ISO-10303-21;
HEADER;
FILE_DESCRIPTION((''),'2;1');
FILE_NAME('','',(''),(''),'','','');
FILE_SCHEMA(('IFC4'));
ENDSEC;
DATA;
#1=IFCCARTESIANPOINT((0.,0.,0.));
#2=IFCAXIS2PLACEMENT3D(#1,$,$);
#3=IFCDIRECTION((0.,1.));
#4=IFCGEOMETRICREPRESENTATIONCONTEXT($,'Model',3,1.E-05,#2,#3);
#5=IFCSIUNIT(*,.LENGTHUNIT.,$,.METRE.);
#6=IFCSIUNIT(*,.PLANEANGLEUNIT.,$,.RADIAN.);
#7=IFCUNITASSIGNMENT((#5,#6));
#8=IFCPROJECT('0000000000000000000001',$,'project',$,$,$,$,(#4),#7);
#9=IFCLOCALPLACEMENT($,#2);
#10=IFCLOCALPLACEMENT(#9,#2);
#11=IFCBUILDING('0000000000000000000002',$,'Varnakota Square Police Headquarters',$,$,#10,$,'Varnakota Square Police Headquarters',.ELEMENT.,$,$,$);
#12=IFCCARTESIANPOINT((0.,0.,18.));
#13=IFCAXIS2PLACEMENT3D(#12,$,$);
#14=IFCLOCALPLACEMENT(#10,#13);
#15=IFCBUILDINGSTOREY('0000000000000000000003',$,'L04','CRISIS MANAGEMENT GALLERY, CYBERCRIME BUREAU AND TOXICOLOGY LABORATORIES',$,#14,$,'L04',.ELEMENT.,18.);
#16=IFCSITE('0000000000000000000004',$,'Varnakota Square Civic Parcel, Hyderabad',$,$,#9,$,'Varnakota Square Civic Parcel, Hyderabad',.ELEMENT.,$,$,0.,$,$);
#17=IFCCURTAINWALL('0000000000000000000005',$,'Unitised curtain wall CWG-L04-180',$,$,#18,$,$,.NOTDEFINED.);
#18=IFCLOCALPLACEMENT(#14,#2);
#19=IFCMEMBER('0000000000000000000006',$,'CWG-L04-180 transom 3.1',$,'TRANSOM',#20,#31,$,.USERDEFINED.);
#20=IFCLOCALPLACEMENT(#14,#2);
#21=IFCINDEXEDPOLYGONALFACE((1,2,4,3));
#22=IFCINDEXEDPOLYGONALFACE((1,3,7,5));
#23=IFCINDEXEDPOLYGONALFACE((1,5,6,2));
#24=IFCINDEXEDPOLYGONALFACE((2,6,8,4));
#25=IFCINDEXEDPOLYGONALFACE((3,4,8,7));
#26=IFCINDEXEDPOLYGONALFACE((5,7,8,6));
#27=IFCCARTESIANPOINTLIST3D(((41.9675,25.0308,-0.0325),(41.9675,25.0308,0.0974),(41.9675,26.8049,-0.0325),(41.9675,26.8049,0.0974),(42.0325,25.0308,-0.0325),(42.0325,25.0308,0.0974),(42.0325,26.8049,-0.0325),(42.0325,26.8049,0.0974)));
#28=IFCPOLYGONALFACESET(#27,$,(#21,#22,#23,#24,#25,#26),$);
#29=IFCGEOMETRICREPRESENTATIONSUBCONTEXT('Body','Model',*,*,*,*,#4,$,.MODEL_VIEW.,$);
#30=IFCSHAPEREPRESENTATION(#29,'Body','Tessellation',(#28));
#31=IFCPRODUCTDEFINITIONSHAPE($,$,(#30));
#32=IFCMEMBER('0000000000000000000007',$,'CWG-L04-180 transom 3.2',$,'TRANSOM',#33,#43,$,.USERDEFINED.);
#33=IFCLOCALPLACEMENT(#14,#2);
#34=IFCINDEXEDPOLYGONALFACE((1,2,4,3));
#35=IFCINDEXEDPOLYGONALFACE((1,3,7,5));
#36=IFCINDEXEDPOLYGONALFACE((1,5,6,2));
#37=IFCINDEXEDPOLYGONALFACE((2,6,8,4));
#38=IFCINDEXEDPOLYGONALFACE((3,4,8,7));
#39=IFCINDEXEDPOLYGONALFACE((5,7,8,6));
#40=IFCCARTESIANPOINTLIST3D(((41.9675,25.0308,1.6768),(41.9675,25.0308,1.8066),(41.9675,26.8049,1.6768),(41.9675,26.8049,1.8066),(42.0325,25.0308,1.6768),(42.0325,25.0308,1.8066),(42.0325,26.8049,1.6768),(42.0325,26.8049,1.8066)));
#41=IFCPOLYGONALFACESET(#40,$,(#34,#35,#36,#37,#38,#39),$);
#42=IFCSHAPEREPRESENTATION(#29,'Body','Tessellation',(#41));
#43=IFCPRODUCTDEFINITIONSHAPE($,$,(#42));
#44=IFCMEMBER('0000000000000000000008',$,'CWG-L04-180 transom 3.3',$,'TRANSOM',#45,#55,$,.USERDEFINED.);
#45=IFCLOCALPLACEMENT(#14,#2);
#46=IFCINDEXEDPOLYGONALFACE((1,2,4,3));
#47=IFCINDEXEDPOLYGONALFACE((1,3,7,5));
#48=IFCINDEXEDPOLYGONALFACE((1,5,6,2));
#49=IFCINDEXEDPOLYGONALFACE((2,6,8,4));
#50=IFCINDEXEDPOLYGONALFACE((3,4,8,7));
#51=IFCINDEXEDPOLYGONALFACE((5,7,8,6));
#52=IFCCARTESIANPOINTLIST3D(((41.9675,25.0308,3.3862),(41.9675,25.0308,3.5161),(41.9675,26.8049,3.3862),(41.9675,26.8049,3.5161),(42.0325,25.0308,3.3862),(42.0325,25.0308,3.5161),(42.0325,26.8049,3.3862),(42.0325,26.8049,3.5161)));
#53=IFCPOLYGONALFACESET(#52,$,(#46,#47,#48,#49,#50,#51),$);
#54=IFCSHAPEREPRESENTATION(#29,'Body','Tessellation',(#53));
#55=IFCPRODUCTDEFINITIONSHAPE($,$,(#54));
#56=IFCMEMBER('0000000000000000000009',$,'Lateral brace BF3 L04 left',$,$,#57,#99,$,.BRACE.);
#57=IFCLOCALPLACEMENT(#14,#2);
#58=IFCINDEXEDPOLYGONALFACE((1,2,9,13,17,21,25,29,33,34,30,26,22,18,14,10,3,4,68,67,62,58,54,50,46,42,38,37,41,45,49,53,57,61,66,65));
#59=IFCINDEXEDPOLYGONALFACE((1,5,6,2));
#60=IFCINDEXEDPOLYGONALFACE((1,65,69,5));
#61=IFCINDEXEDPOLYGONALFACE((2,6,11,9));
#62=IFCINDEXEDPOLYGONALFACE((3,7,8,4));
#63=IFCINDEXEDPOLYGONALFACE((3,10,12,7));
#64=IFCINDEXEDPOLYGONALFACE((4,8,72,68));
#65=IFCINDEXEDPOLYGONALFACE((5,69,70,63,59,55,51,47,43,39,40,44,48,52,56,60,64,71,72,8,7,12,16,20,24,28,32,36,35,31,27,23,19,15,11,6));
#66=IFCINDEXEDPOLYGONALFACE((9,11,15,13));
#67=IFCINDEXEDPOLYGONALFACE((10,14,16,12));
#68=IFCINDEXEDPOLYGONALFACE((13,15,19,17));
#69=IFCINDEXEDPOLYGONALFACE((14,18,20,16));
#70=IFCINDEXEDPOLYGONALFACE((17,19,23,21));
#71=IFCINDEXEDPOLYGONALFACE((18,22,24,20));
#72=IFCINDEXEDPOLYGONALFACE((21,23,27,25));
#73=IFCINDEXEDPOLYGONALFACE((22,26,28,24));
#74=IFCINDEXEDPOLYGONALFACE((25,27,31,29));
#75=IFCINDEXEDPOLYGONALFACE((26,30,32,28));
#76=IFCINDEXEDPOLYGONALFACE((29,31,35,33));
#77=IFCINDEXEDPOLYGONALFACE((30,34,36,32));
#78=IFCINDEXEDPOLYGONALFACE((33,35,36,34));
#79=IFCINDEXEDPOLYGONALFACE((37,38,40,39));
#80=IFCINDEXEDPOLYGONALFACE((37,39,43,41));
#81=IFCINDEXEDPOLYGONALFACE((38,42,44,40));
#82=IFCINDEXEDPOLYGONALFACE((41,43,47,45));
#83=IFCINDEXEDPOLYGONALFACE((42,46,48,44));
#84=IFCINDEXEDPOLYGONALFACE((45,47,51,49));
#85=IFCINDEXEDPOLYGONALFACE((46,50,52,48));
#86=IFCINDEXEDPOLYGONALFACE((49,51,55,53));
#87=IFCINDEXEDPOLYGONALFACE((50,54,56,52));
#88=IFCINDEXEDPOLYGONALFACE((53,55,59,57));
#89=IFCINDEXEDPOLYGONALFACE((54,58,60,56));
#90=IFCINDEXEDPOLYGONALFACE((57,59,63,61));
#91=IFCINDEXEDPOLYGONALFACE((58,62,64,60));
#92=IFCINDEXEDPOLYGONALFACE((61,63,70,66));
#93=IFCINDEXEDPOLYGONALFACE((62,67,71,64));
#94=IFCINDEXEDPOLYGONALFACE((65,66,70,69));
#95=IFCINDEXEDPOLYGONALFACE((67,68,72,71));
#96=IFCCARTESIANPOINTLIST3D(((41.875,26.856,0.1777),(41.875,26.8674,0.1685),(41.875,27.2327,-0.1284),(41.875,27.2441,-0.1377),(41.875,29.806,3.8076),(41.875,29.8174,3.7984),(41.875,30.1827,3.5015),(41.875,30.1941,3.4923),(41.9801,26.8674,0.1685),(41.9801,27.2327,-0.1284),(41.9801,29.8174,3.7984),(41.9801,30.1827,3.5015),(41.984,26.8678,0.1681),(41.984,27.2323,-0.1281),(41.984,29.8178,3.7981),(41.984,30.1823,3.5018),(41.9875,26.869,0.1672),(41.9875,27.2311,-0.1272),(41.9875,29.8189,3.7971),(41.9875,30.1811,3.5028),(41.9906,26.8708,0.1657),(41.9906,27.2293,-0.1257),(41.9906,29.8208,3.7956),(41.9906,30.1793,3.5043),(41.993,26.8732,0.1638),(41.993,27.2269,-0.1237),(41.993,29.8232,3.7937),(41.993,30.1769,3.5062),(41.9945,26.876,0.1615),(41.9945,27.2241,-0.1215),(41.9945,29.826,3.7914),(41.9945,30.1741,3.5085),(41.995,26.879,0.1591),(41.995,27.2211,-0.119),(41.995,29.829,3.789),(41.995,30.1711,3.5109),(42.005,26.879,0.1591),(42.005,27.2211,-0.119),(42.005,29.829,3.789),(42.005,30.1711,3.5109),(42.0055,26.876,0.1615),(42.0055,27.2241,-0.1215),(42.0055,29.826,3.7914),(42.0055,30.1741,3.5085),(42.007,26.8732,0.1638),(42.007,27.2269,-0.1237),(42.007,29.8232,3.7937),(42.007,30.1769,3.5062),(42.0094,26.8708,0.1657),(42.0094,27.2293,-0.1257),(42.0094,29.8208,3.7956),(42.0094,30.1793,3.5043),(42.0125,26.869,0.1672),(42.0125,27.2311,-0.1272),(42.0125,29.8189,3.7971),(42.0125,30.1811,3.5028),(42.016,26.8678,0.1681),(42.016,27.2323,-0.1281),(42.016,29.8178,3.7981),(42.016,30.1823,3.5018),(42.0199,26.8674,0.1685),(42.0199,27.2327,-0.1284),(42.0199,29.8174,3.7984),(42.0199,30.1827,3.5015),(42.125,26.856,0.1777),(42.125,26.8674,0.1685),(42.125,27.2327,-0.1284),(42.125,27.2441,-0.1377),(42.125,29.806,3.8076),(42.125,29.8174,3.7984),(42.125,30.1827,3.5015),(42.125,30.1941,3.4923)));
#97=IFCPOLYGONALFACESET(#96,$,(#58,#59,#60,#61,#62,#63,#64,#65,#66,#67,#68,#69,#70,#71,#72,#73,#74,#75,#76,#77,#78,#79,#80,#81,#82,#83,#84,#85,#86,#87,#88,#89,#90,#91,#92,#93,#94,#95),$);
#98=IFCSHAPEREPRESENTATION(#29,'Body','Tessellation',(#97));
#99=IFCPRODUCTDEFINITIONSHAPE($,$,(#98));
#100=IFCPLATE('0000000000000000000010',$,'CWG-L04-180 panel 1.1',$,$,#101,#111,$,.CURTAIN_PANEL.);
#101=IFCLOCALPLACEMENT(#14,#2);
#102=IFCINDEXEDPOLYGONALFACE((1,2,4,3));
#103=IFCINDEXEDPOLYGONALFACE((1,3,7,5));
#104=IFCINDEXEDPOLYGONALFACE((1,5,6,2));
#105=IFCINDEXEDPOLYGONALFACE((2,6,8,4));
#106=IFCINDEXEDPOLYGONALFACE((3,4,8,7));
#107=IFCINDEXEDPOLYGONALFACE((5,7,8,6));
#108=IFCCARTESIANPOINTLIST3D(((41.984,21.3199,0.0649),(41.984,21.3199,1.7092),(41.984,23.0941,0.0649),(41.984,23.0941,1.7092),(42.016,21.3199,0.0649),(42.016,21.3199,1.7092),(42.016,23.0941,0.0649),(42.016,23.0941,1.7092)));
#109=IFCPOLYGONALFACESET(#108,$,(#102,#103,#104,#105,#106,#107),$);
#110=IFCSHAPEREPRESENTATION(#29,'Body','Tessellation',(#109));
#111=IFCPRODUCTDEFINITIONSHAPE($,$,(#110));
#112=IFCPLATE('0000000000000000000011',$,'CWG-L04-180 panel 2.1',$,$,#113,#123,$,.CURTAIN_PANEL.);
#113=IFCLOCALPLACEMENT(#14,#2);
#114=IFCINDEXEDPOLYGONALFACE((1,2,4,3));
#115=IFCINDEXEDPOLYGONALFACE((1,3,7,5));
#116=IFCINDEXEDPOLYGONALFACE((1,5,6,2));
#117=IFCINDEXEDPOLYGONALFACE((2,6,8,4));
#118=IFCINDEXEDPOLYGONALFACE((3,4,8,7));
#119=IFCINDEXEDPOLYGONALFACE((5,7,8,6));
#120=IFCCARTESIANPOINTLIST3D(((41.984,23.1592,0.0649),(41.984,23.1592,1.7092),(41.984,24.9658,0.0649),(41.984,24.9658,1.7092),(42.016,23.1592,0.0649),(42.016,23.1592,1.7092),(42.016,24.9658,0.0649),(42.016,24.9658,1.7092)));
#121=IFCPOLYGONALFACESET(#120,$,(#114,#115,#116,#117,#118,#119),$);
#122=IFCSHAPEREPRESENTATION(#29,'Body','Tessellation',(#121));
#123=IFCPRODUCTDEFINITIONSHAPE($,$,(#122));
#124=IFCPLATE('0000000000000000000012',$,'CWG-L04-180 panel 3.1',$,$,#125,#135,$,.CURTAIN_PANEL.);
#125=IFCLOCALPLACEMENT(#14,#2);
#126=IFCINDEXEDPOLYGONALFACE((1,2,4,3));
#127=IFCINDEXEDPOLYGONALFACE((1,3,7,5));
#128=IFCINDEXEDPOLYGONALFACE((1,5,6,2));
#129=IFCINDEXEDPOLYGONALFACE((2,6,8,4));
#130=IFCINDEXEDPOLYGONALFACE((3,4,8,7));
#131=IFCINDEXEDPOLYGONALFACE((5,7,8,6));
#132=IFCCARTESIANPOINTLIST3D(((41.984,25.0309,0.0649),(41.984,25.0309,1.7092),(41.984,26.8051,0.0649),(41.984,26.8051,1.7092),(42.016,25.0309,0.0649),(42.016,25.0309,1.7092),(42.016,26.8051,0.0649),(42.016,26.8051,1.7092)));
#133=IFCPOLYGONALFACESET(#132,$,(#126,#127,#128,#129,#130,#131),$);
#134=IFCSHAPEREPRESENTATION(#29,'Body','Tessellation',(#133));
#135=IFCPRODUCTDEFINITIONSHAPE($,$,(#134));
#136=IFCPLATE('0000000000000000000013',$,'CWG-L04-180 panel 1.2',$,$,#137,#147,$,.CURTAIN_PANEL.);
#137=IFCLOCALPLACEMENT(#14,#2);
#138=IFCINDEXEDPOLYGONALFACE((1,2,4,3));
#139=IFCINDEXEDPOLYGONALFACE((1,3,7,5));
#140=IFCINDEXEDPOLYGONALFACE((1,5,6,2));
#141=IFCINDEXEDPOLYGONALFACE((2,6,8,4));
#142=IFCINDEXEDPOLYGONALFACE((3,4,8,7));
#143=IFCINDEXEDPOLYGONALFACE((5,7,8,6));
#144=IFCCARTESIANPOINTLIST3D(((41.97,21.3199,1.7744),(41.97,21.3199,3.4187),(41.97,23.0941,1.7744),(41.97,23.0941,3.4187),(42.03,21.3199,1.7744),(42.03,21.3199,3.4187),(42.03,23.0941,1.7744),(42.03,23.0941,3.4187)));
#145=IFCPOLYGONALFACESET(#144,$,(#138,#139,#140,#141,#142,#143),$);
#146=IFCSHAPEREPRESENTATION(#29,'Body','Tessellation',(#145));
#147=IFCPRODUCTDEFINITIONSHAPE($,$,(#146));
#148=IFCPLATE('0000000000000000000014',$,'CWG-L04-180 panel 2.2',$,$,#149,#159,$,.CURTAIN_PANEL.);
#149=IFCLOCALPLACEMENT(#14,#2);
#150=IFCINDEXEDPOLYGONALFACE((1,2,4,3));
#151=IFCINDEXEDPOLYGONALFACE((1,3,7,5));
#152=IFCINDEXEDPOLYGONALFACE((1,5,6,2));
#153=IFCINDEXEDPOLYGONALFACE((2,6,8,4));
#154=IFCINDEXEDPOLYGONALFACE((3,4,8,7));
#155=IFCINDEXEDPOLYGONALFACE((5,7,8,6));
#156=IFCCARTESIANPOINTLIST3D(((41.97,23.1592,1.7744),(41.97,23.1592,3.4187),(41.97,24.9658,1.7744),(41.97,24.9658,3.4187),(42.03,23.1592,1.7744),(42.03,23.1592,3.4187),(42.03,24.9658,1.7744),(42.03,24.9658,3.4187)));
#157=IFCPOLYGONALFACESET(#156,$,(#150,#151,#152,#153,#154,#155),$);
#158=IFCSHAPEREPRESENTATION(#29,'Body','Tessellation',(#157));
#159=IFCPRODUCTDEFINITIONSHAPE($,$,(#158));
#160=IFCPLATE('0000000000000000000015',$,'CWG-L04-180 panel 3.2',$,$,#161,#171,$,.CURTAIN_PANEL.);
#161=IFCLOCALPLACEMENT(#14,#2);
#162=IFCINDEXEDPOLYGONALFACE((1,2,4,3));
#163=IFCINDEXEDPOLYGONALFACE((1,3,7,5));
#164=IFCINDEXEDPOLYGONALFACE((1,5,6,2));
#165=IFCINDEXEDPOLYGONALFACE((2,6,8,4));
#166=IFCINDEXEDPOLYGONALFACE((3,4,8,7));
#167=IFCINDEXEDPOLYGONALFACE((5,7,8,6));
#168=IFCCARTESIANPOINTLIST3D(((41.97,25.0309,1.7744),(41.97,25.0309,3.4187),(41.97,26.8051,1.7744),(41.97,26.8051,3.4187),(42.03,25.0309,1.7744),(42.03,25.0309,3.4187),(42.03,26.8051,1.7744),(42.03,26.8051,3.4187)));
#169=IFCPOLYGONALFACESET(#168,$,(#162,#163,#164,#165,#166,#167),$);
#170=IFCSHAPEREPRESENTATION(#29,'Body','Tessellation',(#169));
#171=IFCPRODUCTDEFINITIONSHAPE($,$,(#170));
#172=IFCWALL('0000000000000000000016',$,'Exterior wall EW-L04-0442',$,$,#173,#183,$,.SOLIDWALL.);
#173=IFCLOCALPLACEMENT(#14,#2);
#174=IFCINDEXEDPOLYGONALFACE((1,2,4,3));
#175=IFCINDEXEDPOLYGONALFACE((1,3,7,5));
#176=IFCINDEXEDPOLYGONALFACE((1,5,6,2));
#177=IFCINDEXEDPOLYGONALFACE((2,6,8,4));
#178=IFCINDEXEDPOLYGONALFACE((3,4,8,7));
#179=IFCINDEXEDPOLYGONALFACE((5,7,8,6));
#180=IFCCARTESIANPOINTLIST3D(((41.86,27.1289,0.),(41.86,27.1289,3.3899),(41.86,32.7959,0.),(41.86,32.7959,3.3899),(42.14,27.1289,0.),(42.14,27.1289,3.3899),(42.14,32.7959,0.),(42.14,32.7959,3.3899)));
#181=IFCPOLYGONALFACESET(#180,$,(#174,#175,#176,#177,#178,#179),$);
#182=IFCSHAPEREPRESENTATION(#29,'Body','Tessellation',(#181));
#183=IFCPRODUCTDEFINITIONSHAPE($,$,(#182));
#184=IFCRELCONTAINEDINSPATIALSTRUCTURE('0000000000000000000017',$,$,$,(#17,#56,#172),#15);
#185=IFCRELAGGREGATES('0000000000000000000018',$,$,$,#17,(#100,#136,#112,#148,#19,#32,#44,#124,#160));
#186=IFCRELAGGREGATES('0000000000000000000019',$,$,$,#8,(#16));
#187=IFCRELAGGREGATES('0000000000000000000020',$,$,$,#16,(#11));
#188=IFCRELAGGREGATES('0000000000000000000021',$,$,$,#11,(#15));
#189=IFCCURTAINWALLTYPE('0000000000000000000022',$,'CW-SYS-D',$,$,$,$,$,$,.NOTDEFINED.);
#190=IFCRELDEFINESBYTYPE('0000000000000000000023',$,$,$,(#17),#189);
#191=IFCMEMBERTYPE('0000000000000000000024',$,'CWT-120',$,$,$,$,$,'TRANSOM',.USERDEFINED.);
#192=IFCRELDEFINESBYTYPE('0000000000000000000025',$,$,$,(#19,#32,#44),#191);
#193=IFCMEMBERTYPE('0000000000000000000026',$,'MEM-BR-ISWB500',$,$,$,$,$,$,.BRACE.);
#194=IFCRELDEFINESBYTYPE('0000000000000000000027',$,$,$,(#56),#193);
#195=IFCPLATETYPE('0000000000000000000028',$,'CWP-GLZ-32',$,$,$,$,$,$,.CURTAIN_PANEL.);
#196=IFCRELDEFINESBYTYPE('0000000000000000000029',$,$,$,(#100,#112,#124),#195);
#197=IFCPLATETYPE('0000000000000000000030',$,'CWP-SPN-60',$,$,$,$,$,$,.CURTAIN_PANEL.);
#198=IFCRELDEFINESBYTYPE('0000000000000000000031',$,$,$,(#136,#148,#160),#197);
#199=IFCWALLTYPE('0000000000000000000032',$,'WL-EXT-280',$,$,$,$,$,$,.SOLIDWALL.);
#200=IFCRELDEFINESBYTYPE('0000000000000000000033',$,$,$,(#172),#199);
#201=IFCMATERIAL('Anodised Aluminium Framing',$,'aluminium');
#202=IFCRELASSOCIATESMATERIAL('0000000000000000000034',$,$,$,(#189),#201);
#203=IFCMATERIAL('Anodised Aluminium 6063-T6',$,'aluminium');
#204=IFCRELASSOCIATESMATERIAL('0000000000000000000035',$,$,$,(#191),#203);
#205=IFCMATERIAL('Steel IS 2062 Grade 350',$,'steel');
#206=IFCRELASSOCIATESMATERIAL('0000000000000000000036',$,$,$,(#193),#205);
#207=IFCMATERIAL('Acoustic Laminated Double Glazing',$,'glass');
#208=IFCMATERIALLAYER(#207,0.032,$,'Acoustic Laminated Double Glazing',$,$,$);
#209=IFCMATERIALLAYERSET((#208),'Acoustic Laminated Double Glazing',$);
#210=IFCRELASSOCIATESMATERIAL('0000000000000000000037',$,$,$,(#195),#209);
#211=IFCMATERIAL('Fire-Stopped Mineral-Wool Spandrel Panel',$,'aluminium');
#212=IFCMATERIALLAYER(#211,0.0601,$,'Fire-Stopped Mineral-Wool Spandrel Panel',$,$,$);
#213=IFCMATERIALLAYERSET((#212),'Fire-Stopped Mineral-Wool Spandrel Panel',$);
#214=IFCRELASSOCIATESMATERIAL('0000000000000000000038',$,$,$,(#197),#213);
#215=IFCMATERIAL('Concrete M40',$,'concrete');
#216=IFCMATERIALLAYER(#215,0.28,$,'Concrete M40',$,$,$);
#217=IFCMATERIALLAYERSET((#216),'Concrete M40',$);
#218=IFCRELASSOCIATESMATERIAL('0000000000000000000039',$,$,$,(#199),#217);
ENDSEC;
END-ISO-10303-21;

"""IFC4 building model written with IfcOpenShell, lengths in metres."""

from ifc_helpers import new_model, si_unit, direction, frame, frame_2d, origin, origin_2d, place, context, subcontext, project, spatial, rectangle, i_section, extrude, material, layer, layer_set, material_profile, profile_set, type_object, element, aggregate, save


model = new_model("IFC4")

# Units and contexts
model_context = context("Model", 3, precision=1e-05, world=origin(), true_north=direction((0.0, 1.0)))
body_context = subcontext(model_context, "Body", "Model", "MODEL_VIEW")
ifc_project = project(units=[si_unit("LENGTHUNIT", "METRE"), si_unit("PLANEANGLEUNIT", "RADIAN")], contexts=[model_context])

# Site, building, storey
site_placement = place(None, origin())
site = spatial("IfcSite", under=ifc_project, at=site_placement, Name="Varnakota Square Civic Parcel, Hyderabad", LongName="Varnakota Square Civic Parcel, Hyderabad", CompositionType="ELEMENT", RefElevation=0.0)
building_placement = place(site_placement, origin())
building = spatial("IfcBuilding", under=site, at=building_placement, Name="Varnakota Square Police Headquarters", LongName="Varnakota Square Police Headquarters", CompositionType="ELEMENT")
storey_placement = place(building_placement, frame((0.0, 0.0, 18.0)))
storey = spatial("IfcBuildingStorey", under=building, at=storey_placement, Name="L04", Description="CRISIS MANAGEMENT GALLERY, CYBERCRIME BUREAU AND TOXICOLOGY LABORATORIES", LongName="L04", CompositionType="ELEMENT", Elevation=18.0)

# Shared definitions
ifc_material_1 = material(Name="Steel IS 2062 Grade 350", Category="steel")

# Curtain wall, members
ifc_material_2 = material(Name="Anodised Aluminium Framing", Category="aluminium")
curtain_wall_type = type_object("IfcCurtainWallType", Name="CW-SYS-D", PredefinedType="NOTDEFINED", material=ifc_material_2)
curtain_wall_placement = place(storey_placement, origin())
curtain_wall = element("IfcCurtainWall", 1, at=curtain_wall_placement, inside=storey, type_object=curtain_wall_type, Name="Unitised curtain wall CWG-L04-180", PredefinedType="NOTDEFINED")
ifc_material_3 = material(Name="Anodised Aluminium 6063-T6", Category="aluminium")
ifc_material_profile_1 = material_profile(ifc_material_3, rectangle(XDim=0.0649, YDim=0.1299, at=origin_2d()), Name="ALU TRANSOM 65x130")
ifc_profile_set_1 = profile_set([ifc_material_profile_1], Name="Anodised Aluminium 6063-T6")
member_type_1 = type_object("IfcMemberType", Name="CWT-120", ElementType="TRANSOM", PredefinedType="USERDEFINED", material=ifc_profile_set_1)
member_1_placement = place(storey_placement, frame((42.0, 25.0308, 0.0325), z_axis=(0.0, 1.0, 0.0), x_axis=(-1.0, 0.0, 0.0)))
member_1 = element("IfcMember", 2, at=member_1_placement, type_object=member_type_1, Name="CWG-L04-180 transom 3.1", ObjectType="TRANSOM", PredefinedType="USERDEFINED", context=body_context, shape_type="SweptSolid", body=[
    extrude(rectangle(XDim=0.0649, YDim=0.1299, at=origin_2d()), origin(), (0.0, 0.0, 1.0), 1.7742),
])
member_2_placement = place(storey_placement, frame((42.0, 25.0308, 1.7417), z_axis=(0.0, 1.0, 0.0), x_axis=(-1.0, 0.0, 0.0)))
member_2 = element("IfcMember", 3, at=member_2_placement, type_object=member_type_1, Name="CWG-L04-180 transom 3.2", ObjectType="TRANSOM", PredefinedType="USERDEFINED", context=body_context, shape_type="SweptSolid", body=[
    extrude(rectangle(XDim=0.0649, YDim=0.1299, at=origin_2d()), origin(), (0.0, 0.0, 1.0), 1.7742),
])
member_3_placement = place(storey_placement, frame((42.0, 25.0308, 3.4512), z_axis=(0.0, 1.0, 0.0), x_axis=(-1.0, 0.0, 0.0)))
member_3 = element("IfcMember", 4, at=member_3_placement, type_object=member_type_1, Name="CWG-L04-180 transom 3.3", ObjectType="TRANSOM", PredefinedType="USERDEFINED", context=body_context, shape_type="SweptSolid", body=[
    extrude(rectangle(XDim=0.0649, YDim=0.1299, at=origin_2d()), origin(), (0.0, 0.0, 1.0), 1.7742),
])

# Member
ifc_material_profile_2 = material_profile(ifc_material_1, i_section(OverallWidth=0.25, OverallDepth=0.5, WebThickness=0.01, FlangeThickness=0.0146, FilletRadius=0.0149, at=origin_2d()), Name="ISWB 500")
ifc_profile_set_2 = profile_set([ifc_material_profile_2], Name="Steel IS 2062 Grade 350")
member_type_2 = type_object("IfcMemberType", Name="MEM-BR-ISWB500", PredefinedType="BRACE", material=ifc_profile_set_2)
member_4_placement = place(storey_placement, frame((42.0, 27.05, 0.02), z_axis=(0.0, 0.630679, 0.776044), x_axis=(-1.0, 0.0, 0.0)))
element("IfcMember", 5, at=member_4_placement, inside=storey, type_object=member_type_2, Name="Lateral brace BF3 L04 left", PredefinedType="BRACE", context=body_context, shape_type="SweptSolid", body=[
    extrude(i_section(OverallWidth=0.25, OverallDepth=0.5, WebThickness=0.01, FlangeThickness=0.0146, FilletRadius=0.0149, at=origin_2d()), origin(), (0.0, 0.0, 1.0), 4.6775),
])

# Plates
ifc_material_4 = material(Name="Acoustic Laminated Double Glazing", Category="glass")
ifc_layer_1 = layer(ifc_material_4, 0.032, Name="Acoustic Laminated Double Glazing")
ifc_layer_set_1 = layer_set([ifc_layer_1], Name="Acoustic Laminated Double Glazing")
plate_type_1 = type_object("IfcPlateType", Name="CWP-GLZ-32", PredefinedType="CURTAIN_PANEL", material=ifc_layer_set_1)
plate_1_placement = place(storey_placement, frame((42.0, 22.207, 0.0649), z_axis=(0.0, 0.0, 1.0), x_axis=(0.0, 1.0, 0.0)))
plate_1 = element("IfcPlate", 6, at=plate_1_placement, type_object=plate_type_1, Name="CWG-L04-180 panel 1.1", PredefinedType="CURTAIN_PANEL", context=body_context, shape_type="SweptSolid", body=[
    extrude(rectangle(XDim=1.7742, YDim=0.032, at=origin_2d()), origin(), (0.0, 0.0, 1.0), 1.6443),
])
plate_2_placement = place(storey_placement, frame((42.0, 24.0625, 0.0649), z_axis=(0.0, 0.0, 1.0), x_axis=(0.0, 1.0, 0.0)))
plate_2 = element("IfcPlate", 7, at=plate_2_placement, type_object=plate_type_1, Name="CWG-L04-180 panel 2.1", PredefinedType="CURTAIN_PANEL", context=body_context, shape_type="SweptSolid", body=[
    extrude(rectangle(XDim=1.8066, YDim=0.032, at=origin_2d()), origin(), (0.0, 0.0, 1.0), 1.6443),
])
plate_3_placement = place(storey_placement, frame((42.0, 25.918, 0.0649), z_axis=(0.0, 0.0, 1.0), x_axis=(0.0, 1.0, 0.0)))
plate_3 = element("IfcPlate", 8, at=plate_3_placement, type_object=plate_type_1, Name="CWG-L04-180 panel 3.1", PredefinedType="CURTAIN_PANEL", context=body_context, shape_type="SweptSolid", body=[
    extrude(rectangle(XDim=1.7742, YDim=0.032, at=origin_2d()), origin(), (0.0, 0.0, 1.0), 1.6443),
])
ifc_material_5 = material(Name="Fire-Stopped Mineral-Wool Spandrel Panel", Category="aluminium")
ifc_layer_2 = layer(ifc_material_5, 0.0601, Name="Fire-Stopped Mineral-Wool Spandrel Panel")
ifc_layer_set_2 = layer_set([ifc_layer_2], Name="Fire-Stopped Mineral-Wool Spandrel Panel")
plate_type_2 = type_object("IfcPlateType", Name="CWP-SPN-60", PredefinedType="CURTAIN_PANEL", material=ifc_layer_set_2)
plate_4_placement = place(storey_placement, frame((42.0, 22.207, 1.7744), z_axis=(0.0, 0.0, 1.0), x_axis=(0.0, 1.0, 0.0)))
plate_4 = element("IfcPlate", 9, at=plate_4_placement, type_object=plate_type_2, Name="CWG-L04-180 panel 1.2", PredefinedType="CURTAIN_PANEL", context=body_context, shape_type="SweptSolid", body=[
    extrude(rectangle(XDim=1.7742, YDim=0.0601, at=origin_2d()), origin(), (0.0, 0.0, 1.0), 1.6443),
])
plate_5_placement = place(storey_placement, frame((42.0, 24.0625, 1.7744), z_axis=(0.0, 0.0, 1.0), x_axis=(0.0, 1.0, 0.0)))
plate_5 = element("IfcPlate", 10, at=plate_5_placement, type_object=plate_type_2, Name="CWG-L04-180 panel 2.2", PredefinedType="CURTAIN_PANEL", context=body_context, shape_type="SweptSolid", body=[
    extrude(rectangle(XDim=1.8066, YDim=0.0601, at=origin_2d()), origin(), (0.0, 0.0, 1.0), 1.6443),
])
plate_6_placement = place(storey_placement, frame((42.0, 25.918, 1.7744), z_axis=(0.0, 0.0, 1.0), x_axis=(0.0, 1.0, 0.0)))
plate_6 = element("IfcPlate", 11, at=plate_6_placement, type_object=plate_type_2, Name="CWG-L04-180 panel 3.2", PredefinedType="CURTAIN_PANEL", context=body_context, shape_type="SweptSolid", body=[
    extrude(rectangle(XDim=1.7742, YDim=0.0601, at=origin_2d()), origin(), (0.0, 0.0, 1.0), 1.6443),
])
aggregate(curtain_wall, [plate_1, plate_4, plate_2, plate_5, member_1, member_2, member_3, plate_3, plate_6])

# Wall
ifc_material_6 = material(Name="Concrete M40", Category="concrete")
ifc_layer_3 = layer(ifc_material_6, 0.28, Name="Concrete M40")
ifc_layer_set_3 = layer_set([ifc_layer_3], Name="Concrete M40")
wall_type = type_object("IfcWallType", Name="WL-EXT-280", PredefinedType="SOLIDWALL", material=ifc_layer_set_3)
wall_placement = place(storey_placement, frame((42.0, 27.1289, 0.0), z_axis=(0.0, 0.0, 1.0), x_axis=(0.0, 1.0, 0.0)))
element("IfcWall", 12, at=wall_placement, inside=storey, type_object=wall_type, Name="Exterior wall EW-L04-0442", PredefinedType="SOLIDWALL", context=body_context, shape_type="SweptSolid", body=[
    extrude(rectangle(XDim=5.667, YDim=0.28, at=frame_2d((2.8335, 0.0))), origin(), (0.0, 0.0, 1.0), 3.3899),
])

save(model, "model.ifc")
